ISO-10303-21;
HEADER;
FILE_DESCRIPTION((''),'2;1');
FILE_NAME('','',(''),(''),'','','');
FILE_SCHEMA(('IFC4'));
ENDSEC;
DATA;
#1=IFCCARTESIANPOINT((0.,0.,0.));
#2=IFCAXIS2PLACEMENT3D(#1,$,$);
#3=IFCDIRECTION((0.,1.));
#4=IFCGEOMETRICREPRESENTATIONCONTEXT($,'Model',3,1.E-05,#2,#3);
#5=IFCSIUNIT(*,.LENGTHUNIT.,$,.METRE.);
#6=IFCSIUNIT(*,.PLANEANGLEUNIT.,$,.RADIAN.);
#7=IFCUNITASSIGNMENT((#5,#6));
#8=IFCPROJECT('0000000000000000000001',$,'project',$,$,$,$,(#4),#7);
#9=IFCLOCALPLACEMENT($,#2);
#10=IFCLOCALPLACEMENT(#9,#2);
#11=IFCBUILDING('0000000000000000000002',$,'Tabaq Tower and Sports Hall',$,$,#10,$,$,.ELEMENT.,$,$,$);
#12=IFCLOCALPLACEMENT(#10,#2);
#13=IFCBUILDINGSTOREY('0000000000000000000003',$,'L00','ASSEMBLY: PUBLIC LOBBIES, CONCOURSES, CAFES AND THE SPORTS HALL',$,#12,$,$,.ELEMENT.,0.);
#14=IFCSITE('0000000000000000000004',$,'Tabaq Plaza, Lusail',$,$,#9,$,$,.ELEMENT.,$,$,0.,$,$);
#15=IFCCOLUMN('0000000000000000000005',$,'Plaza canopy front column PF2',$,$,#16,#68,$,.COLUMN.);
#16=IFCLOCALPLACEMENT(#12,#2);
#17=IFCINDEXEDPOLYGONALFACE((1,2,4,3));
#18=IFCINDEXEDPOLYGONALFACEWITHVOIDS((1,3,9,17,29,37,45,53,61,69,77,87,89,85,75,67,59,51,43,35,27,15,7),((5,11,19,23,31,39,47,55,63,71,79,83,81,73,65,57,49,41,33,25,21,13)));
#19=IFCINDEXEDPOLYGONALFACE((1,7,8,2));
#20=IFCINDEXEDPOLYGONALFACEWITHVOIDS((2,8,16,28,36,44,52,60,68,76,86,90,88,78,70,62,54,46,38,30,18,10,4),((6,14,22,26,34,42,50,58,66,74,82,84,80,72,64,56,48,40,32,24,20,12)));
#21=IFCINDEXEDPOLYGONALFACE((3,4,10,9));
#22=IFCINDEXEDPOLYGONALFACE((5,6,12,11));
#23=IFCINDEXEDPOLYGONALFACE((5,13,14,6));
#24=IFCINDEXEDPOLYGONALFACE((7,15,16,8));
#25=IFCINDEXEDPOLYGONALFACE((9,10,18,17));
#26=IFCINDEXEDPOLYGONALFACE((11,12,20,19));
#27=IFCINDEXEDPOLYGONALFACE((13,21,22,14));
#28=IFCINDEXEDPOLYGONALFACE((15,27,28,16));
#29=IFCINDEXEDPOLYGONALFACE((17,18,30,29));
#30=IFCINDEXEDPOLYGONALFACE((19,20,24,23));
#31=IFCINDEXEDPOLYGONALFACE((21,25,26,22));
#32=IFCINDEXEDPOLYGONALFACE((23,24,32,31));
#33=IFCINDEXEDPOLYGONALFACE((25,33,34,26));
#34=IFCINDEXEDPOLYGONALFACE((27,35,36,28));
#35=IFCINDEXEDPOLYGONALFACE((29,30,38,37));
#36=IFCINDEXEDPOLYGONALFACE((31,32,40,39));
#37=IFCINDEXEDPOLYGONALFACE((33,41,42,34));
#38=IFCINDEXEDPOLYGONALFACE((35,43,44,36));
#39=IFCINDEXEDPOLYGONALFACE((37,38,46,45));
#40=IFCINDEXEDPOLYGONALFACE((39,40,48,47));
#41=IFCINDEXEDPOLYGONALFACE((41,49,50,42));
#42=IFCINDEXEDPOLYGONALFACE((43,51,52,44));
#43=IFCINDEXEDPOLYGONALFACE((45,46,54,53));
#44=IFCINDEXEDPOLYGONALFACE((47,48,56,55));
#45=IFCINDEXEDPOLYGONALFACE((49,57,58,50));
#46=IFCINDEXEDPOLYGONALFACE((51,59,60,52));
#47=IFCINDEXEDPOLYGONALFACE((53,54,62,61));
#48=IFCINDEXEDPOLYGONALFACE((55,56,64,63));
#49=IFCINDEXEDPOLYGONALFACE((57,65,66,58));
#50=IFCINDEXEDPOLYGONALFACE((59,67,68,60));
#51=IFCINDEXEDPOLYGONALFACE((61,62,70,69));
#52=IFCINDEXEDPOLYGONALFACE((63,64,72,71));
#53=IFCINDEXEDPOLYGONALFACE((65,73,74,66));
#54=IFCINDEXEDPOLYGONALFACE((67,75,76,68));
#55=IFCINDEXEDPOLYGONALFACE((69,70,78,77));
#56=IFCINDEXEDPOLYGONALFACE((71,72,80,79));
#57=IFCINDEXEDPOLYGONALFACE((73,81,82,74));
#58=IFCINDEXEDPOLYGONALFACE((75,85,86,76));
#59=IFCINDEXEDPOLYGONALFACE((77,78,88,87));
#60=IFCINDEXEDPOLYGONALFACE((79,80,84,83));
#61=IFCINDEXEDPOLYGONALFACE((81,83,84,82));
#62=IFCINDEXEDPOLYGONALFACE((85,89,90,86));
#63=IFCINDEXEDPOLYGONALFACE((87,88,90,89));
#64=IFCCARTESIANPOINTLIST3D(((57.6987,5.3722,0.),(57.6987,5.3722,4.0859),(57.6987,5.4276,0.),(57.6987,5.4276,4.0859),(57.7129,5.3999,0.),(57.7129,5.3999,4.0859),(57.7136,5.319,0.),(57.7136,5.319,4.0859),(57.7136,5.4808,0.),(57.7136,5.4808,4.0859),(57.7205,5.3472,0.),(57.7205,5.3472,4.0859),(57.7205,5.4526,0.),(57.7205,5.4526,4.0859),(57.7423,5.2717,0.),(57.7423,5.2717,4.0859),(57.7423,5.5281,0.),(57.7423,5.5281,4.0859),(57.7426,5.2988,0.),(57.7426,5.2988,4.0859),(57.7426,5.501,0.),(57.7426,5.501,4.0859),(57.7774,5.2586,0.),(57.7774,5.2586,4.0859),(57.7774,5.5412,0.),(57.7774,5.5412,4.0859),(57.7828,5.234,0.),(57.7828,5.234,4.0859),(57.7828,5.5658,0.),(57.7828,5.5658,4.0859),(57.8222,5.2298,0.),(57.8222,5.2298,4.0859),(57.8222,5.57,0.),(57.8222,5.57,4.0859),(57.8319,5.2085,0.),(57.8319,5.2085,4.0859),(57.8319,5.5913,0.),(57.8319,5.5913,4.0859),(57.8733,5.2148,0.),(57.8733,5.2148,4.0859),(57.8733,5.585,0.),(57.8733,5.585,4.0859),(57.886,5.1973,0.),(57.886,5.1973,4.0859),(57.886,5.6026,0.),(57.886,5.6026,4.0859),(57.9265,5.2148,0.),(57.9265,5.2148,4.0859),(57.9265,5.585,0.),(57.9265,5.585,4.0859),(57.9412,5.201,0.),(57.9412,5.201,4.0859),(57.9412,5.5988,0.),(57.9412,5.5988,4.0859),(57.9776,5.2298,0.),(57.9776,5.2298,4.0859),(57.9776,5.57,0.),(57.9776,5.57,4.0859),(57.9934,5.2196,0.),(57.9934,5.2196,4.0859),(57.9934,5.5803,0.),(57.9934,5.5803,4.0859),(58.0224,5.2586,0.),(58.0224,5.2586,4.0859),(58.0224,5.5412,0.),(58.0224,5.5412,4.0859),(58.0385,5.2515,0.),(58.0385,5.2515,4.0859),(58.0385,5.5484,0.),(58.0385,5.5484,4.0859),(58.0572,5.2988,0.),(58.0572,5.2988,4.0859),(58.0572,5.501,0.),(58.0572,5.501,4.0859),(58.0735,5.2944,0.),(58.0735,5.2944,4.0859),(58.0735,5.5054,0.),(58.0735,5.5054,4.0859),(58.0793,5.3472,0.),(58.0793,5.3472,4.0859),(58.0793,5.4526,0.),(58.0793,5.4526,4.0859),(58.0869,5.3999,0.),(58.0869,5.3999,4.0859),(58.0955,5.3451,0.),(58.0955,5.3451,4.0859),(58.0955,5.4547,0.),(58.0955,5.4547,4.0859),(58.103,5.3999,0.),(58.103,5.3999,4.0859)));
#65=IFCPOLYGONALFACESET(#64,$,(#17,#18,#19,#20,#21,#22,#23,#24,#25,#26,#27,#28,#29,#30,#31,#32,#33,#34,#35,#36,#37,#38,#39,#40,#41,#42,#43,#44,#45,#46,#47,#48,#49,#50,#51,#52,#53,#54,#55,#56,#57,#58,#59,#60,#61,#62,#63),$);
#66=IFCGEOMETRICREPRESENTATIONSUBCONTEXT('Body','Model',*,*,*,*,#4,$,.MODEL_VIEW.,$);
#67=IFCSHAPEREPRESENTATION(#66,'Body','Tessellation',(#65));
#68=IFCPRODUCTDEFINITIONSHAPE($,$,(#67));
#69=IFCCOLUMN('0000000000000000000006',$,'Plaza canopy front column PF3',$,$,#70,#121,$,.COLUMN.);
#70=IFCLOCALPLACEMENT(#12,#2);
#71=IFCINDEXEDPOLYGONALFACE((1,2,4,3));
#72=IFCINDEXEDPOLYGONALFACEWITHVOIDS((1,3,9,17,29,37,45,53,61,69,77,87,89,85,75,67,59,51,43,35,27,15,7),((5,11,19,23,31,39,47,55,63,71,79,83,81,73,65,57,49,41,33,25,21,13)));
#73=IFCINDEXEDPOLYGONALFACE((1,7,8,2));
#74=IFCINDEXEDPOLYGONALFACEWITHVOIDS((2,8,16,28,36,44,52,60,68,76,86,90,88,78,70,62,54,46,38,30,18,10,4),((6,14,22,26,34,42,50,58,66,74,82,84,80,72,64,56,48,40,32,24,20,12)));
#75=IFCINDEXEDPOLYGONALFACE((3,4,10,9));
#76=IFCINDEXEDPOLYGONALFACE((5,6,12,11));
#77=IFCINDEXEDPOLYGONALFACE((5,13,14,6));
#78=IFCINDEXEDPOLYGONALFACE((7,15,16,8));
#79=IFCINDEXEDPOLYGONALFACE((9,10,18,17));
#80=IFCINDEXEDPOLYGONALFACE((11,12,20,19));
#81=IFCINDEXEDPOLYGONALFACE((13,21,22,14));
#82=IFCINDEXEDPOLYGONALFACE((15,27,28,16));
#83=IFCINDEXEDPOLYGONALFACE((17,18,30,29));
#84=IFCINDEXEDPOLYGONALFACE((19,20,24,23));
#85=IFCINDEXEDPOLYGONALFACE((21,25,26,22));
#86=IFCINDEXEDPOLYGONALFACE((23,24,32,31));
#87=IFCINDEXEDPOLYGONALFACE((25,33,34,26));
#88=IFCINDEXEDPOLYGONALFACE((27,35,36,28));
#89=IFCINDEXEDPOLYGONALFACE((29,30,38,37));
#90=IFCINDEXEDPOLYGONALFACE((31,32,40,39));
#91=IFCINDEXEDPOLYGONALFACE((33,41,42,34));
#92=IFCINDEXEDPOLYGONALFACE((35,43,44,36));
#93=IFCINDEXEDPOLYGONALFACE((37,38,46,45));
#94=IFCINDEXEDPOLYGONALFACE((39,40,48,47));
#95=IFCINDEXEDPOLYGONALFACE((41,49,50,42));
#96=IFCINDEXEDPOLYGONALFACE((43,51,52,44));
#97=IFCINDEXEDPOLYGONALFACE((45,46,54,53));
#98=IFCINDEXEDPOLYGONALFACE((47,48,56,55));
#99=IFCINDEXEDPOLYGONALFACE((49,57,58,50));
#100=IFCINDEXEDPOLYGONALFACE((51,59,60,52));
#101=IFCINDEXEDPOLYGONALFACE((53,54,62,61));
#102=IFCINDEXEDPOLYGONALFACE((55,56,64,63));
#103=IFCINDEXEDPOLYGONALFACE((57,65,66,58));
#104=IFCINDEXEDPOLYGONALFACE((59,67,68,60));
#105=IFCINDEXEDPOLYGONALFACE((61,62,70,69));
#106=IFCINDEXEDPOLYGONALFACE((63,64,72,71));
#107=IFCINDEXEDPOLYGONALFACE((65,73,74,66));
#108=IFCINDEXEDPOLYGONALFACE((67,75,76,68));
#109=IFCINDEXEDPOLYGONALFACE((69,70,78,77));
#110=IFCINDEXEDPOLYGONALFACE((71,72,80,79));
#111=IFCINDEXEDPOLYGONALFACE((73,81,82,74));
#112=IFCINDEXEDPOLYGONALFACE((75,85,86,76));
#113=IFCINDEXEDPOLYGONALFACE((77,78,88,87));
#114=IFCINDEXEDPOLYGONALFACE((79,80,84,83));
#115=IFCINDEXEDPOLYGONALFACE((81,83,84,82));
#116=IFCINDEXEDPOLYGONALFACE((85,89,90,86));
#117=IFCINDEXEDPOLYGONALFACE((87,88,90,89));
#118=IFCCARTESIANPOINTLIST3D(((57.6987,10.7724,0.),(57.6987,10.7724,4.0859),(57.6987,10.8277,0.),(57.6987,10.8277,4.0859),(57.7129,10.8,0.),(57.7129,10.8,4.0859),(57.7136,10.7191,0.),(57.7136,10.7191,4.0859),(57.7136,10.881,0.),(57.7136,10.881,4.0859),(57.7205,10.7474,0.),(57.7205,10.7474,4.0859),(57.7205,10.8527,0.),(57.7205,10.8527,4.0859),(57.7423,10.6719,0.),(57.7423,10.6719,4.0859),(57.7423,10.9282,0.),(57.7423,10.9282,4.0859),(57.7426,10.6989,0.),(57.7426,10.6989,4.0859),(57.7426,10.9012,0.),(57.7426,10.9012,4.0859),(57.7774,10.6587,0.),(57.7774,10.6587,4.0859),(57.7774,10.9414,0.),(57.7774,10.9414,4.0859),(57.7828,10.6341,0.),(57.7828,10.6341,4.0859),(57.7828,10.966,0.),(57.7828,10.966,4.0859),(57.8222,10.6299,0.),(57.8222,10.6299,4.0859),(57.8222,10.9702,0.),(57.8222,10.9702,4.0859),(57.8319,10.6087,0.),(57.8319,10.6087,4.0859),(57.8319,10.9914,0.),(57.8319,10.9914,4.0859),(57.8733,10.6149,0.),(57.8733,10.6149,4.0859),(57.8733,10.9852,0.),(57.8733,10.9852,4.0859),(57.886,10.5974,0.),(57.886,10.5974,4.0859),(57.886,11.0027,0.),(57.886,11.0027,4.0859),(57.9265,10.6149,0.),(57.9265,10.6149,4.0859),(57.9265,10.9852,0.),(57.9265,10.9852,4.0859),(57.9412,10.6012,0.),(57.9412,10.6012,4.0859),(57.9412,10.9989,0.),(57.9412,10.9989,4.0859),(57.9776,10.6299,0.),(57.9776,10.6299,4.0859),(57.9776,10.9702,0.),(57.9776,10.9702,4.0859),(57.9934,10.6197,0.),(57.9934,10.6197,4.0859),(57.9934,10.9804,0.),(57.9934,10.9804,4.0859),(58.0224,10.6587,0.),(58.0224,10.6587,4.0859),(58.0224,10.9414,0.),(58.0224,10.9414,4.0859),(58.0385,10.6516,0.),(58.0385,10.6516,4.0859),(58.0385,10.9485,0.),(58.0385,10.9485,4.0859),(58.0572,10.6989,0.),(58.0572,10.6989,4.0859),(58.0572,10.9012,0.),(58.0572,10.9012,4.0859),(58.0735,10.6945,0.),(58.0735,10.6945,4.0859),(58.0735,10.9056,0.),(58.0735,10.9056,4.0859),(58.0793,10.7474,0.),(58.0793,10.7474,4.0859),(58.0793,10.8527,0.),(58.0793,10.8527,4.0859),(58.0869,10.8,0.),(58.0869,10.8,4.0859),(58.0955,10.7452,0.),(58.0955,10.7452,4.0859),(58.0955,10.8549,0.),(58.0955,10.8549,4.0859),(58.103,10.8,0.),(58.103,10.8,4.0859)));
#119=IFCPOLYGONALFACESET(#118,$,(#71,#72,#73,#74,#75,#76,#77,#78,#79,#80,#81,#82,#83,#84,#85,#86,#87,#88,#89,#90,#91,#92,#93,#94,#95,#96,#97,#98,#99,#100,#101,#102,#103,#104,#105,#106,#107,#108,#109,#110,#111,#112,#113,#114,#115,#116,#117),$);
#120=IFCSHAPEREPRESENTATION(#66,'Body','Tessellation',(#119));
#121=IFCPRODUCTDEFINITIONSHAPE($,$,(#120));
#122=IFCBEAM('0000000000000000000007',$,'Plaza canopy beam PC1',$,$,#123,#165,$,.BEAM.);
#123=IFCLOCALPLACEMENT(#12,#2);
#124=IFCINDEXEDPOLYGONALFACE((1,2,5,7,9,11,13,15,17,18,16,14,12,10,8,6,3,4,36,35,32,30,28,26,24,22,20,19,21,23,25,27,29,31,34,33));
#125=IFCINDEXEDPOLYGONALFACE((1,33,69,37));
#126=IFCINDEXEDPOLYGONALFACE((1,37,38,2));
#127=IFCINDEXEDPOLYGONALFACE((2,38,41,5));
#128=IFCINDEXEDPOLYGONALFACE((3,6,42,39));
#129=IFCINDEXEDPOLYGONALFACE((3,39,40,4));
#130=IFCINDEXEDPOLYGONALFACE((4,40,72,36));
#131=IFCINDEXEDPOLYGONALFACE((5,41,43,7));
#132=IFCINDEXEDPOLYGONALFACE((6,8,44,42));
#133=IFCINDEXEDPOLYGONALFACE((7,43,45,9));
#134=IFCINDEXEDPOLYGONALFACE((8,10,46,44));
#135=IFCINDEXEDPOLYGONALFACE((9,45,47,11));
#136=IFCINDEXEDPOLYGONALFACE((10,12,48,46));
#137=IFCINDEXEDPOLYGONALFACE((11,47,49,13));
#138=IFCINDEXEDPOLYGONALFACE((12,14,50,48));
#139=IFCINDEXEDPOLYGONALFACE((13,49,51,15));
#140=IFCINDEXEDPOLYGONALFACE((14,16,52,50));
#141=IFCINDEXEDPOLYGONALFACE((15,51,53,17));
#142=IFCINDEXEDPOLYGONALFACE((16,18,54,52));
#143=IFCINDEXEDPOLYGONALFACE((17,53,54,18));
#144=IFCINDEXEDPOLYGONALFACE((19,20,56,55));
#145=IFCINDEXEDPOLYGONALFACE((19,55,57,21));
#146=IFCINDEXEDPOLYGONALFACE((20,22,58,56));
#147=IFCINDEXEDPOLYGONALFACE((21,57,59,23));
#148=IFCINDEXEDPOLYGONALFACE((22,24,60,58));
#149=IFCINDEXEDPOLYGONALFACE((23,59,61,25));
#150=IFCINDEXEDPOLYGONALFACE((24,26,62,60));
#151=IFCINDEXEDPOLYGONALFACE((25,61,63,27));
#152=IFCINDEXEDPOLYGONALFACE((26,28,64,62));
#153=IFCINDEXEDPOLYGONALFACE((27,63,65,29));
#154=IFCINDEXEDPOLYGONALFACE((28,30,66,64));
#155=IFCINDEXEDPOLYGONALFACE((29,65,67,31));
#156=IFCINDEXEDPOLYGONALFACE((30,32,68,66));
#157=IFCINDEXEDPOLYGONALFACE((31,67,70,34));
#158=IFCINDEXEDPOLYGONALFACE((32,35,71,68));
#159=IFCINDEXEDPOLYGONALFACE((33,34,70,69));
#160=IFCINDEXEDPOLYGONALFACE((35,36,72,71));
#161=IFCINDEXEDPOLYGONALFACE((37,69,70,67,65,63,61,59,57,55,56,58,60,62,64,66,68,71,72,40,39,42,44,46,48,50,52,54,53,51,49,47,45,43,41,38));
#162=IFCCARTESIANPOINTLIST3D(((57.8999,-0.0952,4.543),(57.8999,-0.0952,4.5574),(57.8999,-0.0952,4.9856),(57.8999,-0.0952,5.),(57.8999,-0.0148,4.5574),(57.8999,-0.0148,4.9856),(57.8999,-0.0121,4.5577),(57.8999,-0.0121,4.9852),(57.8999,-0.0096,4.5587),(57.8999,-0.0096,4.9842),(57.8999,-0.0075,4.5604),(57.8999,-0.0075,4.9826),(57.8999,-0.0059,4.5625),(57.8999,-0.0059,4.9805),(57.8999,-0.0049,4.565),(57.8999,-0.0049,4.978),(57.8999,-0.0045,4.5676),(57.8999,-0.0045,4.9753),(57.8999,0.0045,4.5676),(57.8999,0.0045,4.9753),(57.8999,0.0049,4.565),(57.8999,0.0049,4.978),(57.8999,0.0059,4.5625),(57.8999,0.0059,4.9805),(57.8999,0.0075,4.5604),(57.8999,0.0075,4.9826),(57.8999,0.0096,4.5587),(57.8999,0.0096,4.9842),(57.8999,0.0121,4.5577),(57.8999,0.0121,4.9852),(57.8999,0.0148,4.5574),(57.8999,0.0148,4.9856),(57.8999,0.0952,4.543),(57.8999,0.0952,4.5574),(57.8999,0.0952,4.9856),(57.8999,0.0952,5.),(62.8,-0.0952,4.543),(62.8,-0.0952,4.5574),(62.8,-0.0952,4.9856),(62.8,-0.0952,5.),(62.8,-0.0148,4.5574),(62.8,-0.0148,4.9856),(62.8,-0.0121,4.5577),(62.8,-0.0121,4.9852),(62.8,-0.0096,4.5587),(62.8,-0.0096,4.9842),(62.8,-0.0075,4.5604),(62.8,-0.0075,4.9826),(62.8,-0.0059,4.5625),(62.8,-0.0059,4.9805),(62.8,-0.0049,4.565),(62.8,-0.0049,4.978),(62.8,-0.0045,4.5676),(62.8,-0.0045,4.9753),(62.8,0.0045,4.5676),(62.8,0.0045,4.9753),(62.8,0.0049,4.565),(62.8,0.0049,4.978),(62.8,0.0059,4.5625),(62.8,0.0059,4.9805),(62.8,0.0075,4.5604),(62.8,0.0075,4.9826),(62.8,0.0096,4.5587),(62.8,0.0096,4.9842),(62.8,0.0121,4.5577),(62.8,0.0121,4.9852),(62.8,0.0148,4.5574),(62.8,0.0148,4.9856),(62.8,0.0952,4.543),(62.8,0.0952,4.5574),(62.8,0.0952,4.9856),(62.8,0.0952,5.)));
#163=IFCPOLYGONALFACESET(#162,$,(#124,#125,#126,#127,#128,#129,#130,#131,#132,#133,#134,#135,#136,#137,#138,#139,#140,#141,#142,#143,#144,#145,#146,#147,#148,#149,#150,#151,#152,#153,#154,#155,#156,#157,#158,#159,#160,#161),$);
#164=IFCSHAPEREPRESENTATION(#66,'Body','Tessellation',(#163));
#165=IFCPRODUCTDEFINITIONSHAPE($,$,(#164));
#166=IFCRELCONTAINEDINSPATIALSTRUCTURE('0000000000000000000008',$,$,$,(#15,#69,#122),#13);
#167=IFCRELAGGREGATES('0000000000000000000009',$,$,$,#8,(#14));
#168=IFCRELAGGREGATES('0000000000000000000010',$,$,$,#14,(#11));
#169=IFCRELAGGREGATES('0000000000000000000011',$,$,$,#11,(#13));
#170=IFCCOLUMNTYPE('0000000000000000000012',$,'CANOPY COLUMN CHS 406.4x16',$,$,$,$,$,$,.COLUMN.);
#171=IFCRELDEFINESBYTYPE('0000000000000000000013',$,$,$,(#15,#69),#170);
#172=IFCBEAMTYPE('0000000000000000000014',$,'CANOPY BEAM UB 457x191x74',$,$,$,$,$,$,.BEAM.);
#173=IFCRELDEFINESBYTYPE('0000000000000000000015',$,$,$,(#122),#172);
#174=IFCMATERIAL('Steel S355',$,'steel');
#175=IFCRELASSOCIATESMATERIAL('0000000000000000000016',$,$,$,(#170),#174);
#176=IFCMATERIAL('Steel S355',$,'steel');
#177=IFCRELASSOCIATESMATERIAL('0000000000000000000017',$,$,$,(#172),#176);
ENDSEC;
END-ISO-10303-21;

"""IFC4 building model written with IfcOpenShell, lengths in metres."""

from ifc_helpers import new_model, si_unit, direction, frame, origin, origin_2d, place, context, subcontext, project, spatial, hollow_circle, i_section, extrude, material, material_profile, profile_set, type_object, element, save


model = new_model("IFC4")

# Units and contexts
model_context = context("Model", 3, precision=1e-05, world=origin(), true_north=direction((0.0, 1.0)))
body_context = subcontext(model_context, "Body", "Model", "MODEL_VIEW")
ifc_project = project(units=[si_unit("LENGTHUNIT", "METRE"), si_unit("PLANEANGLEUNIT", "RADIAN")], contexts=[model_context])

# Site, building, storey
site_placement = place(None, origin())
site = spatial("IfcSite", under=ifc_project, at=site_placement, Name="Tabaq Plaza, Lusail", CompositionType="ELEMENT", RefElevation=0.0)
building_placement = place(site_placement, origin())
building = spatial("IfcBuilding", under=site, at=building_placement, Name="Tabaq Tower and Sports Hall", CompositionType="ELEMENT")
storey_placement = place(building_placement, origin())
storey = spatial("IfcBuildingStorey", under=building, at=storey_placement, Name="L00", Description="ASSEMBLY: PUBLIC LOBBIES, CONCOURSES, CAFES AND THE SPORTS HALL", CompositionType="ELEMENT", Elevation=0.0)

# Columns
ifc_material_1 = material(Name="Steel S355", Category="steel")
ifc_material_profile_1 = material_profile(ifc_material_1, hollow_circle(Radius=0.2031, WallThickness=0.0161, at=origin_2d()), Name="CHS 406.4x16")
ifc_profile_set_1 = profile_set([ifc_material_profile_1], Name="Steel S355")
column_type = type_object("IfcColumnType", Name="CANOPY COLUMN CHS 406.4x16", PredefinedType="COLUMN", material=ifc_profile_set_1)
for number, where, z_axis, x_axis, name in (
    (1, (57.8999, 5.3999, 0.0), (0.0, 0.0, 1.0), (1.0, 0.0, 0.0), "Plaza canopy front column PF2"),
    (2, (57.8999, 10.8, 0.0), (0.0, 0.0, 1.0), (1.0, 0.0, 0.0), "Plaza canopy front column PF3"),
):
    element("IfcColumn", number, at=place(storey_placement, frame(where, z_axis=z_axis, x_axis=x_axis)), inside=storey, type_object=column_type, Name=name, PredefinedType="COLUMN", context=body_context, shape_type="SweptSolid", body=[
        extrude(hollow_circle(Radius=0.2031, WallThickness=0.0161, at=origin_2d()), origin(), (0.0, 0.0, 1.0), 4.0859),
    ])

# Beam
ifc_material_2 = material(Name="Steel S355", Category="steel")
ifc_material_profile_2 = material_profile(ifc_material_2, i_section(OverallWidth=0.1904, OverallDepth=0.457, WebThickness=0.009, FlangeThickness=0.0144, FilletRadius=0.0103, at=origin_2d()), Name="UB 457x191x74")
ifc_profile_set_2 = profile_set([ifc_material_profile_2], Name="Steel S355")
beam_type = type_object("IfcBeamType", Name="CANOPY BEAM UB 457x191x74", PredefinedType="BEAM", material=ifc_profile_set_2)
beam_1_placement = place(storey_placement, frame((57.8999, 0.0, 4.7715), z_axis=(1.0, 0.0, 0.0), x_axis=(0.0, 1.0, 0.0)))
element("IfcBeam", 3, at=beam_1_placement, inside=storey, type_object=beam_type, Name="Plaza canopy beam PC1", PredefinedType="BEAM", context=body_context, shape_type="SweptSolid", body=[
    extrude(i_section(OverallWidth=0.1904, OverallDepth=0.457, WebThickness=0.009, FlangeThickness=0.0144, FilletRadius=0.0103, at=origin_2d()), origin(), (0.0, 0.0, 1.0), 4.9001),
])

save(model, "model.ifc")
